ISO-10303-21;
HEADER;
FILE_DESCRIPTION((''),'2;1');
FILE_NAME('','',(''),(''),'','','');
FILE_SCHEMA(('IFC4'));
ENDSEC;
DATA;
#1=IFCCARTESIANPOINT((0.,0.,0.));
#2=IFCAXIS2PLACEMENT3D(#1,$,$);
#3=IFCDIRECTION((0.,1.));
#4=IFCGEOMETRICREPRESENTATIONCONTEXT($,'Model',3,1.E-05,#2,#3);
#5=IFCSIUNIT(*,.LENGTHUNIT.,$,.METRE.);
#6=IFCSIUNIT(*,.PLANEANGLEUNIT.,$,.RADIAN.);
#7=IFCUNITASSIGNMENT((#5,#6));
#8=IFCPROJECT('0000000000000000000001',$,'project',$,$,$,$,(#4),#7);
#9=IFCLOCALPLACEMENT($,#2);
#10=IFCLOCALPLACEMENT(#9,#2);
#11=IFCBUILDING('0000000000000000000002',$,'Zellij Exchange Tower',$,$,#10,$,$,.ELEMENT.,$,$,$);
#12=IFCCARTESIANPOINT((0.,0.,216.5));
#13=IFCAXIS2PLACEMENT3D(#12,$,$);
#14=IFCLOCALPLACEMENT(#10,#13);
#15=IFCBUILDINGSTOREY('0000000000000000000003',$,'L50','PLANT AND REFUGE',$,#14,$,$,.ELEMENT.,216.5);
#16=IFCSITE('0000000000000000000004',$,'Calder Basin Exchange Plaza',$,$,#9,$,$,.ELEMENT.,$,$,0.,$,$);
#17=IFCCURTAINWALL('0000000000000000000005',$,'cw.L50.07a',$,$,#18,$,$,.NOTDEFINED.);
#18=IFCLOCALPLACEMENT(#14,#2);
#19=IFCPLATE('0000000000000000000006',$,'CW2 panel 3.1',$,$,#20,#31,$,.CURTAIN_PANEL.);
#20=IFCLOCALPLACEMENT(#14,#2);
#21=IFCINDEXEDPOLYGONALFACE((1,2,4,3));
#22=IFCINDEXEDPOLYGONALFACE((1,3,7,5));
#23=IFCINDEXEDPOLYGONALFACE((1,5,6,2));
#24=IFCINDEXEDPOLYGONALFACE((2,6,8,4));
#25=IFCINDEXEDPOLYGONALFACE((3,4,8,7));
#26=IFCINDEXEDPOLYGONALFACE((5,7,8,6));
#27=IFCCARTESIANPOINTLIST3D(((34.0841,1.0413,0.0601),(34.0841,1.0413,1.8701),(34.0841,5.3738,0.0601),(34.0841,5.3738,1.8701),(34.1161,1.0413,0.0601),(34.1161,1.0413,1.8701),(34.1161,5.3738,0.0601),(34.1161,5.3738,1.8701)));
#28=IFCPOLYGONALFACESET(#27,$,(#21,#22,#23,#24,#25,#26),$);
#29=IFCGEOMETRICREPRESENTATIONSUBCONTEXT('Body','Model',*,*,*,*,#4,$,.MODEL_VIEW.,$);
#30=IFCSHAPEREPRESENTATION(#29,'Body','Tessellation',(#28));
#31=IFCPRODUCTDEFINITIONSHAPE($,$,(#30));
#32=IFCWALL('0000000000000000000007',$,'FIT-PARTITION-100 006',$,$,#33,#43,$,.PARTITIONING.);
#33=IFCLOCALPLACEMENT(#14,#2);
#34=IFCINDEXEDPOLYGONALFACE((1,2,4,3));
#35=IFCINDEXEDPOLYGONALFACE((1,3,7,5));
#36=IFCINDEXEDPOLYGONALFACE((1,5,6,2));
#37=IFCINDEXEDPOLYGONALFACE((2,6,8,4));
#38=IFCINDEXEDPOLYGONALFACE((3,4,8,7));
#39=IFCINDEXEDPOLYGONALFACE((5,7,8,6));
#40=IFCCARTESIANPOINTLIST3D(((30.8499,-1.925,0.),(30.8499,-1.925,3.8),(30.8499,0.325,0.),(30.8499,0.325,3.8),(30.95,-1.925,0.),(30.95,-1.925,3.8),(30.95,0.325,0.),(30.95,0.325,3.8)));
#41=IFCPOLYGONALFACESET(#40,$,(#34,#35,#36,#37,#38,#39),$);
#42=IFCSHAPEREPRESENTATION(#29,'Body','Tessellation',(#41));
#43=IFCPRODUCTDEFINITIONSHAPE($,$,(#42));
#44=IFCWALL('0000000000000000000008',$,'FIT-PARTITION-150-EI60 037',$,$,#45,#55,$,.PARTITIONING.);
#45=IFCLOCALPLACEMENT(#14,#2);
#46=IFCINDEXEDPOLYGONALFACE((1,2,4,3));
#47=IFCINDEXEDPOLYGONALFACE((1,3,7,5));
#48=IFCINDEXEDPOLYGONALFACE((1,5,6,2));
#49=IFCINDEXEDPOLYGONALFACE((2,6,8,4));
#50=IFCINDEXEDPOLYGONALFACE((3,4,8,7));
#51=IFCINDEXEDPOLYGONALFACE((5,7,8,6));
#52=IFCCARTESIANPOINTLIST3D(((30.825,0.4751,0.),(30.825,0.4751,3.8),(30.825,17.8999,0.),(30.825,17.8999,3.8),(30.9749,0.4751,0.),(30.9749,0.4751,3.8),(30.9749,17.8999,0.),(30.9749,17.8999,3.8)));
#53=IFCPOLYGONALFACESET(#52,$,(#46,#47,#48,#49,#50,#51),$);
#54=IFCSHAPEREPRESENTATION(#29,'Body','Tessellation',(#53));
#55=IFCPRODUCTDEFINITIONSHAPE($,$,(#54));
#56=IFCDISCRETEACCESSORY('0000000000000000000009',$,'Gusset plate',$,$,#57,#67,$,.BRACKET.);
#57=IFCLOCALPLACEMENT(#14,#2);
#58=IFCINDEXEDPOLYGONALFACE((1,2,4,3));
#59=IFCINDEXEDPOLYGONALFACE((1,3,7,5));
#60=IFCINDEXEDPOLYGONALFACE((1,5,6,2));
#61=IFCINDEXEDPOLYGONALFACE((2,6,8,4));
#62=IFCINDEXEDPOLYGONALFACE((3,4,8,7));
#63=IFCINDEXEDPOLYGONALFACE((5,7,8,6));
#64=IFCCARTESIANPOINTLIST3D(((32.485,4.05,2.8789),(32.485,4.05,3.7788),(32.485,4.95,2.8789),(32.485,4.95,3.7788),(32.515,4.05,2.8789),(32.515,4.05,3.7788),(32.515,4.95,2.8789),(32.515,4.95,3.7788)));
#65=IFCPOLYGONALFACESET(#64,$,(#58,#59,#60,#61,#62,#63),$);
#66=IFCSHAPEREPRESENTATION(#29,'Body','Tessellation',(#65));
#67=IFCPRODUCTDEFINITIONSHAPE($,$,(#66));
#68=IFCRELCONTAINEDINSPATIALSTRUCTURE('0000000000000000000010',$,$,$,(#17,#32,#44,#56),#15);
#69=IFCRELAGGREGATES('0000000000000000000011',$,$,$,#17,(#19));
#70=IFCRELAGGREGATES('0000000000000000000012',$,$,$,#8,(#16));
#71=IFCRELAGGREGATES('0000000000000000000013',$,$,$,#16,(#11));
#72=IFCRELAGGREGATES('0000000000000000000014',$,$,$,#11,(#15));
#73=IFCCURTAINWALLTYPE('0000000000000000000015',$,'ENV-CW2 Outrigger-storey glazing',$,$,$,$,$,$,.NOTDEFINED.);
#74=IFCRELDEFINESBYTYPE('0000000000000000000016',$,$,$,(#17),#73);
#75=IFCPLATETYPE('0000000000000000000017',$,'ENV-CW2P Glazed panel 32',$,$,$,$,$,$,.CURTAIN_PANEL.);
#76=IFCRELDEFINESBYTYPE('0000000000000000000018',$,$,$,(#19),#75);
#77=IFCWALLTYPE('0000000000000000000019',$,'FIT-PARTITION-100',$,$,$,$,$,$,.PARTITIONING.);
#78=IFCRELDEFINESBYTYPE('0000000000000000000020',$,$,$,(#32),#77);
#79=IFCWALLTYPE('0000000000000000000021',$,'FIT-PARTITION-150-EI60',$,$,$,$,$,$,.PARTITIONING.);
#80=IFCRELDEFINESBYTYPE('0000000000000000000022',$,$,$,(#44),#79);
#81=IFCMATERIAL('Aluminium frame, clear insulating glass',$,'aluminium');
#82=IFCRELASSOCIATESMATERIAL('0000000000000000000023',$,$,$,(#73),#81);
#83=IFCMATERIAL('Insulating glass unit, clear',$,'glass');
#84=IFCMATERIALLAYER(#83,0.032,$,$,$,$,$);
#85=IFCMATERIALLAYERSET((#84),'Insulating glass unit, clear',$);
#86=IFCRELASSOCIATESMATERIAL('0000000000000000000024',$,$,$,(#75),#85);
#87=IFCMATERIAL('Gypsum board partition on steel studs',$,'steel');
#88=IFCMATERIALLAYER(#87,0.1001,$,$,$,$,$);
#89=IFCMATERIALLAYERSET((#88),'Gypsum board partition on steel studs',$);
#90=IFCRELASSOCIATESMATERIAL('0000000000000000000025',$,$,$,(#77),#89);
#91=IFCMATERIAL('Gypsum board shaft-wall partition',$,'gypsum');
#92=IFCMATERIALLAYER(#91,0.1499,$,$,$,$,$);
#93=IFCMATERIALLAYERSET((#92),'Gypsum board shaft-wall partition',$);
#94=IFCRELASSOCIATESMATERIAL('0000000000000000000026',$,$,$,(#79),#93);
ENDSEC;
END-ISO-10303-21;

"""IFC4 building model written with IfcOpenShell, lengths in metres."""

from ifc_helpers import new_model, si_unit, direction, frame, frame_2d, origin, origin_2d, place, context, subcontext, project, spatial, rectangle, extrude, material, layer, layer_set, type_object, element, aggregate, save


model = new_model("IFC4")

# Units and contexts
model_context = context("Model", 3, precision=1e-05, world=origin(), true_north=direction((0.0, 1.0)))
body_context = subcontext(model_context, "Body", "Model", "MODEL_VIEW")
ifc_project = project(units=[si_unit("LENGTHUNIT", "METRE"), si_unit("PLANEANGLEUNIT", "RADIAN")], contexts=[model_context])

# Site, building, storey
site_placement = place(None, origin())
site = spatial("IfcSite", under=ifc_project, at=site_placement, Name="Calder Basin Exchange Plaza", CompositionType="ELEMENT", RefElevation=0.0)
building_placement = place(site_placement, origin())
building = spatial("IfcBuilding", under=site, at=building_placement, Name="Zellij Exchange Tower", CompositionType="ELEMENT")
storey_placement = place(building_placement, frame((0.0, 0.0, 216.5)))
storey = spatial("IfcBuildingStorey", under=building, at=storey_placement, Name="L50", Description="PLANT AND REFUGE", CompositionType="ELEMENT", Elevation=216.5)

# Curtain wall
ifc_material_1 = material(Name="Aluminium frame, clear insulating glass", Category="aluminium")
curtain_wall_type = type_object("IfcCurtainWallType", Name="ENV-CW2 Outrigger-storey glazing", PredefinedType="NOTDEFINED", material=ifc_material_1)
curtain_wall_placement = place(storey_placement, origin())
curtain_wall = element("IfcCurtainWall", 1, at=curtain_wall_placement, inside=storey, type_object=curtain_wall_type, Name="cw.L50.07a", PredefinedType="NOTDEFINED")

# Plate
ifc_material_2 = material(Name="Insulating glass unit, clear", Category="glass")
ifc_layer_1 = layer(ifc_material_2, 0.032)
ifc_layer_set_1 = layer_set([ifc_layer_1], Name="Insulating glass unit, clear")
plate_type_1 = type_object("IfcPlateType", Name="ENV-CW2P Glazed panel 32", PredefinedType="CURTAIN_PANEL", material=ifc_layer_set_1)
plate_1_placement = place(storey_placement, frame((34.1001, 3.2075, 0.0601), z_axis=(0.0, 0.0, 1.0), x_axis=(0.0, 1.0, 0.0)))
plate_1 = element("IfcPlate", 2, at=plate_1_placement, type_object=plate_type_1, Name="CW2 panel 3.1", PredefinedType="CURTAIN_PANEL", context=body_context, shape_type="SweptSolid", body=[
    extrude(rectangle(XDim=4.3325, YDim=0.032, at=origin_2d()), origin(), (0.0, 0.0, 1.0), 1.8101),
])
aggregate(curtain_wall, [plate_1])

# Walls
ifc_material_3 = material(Name="Gypsum board partition on steel studs", Category="steel")
ifc_layer_2 = layer(ifc_material_3, 0.1001)
ifc_layer_set_2 = layer_set([ifc_layer_2], Name="Gypsum board partition on steel studs")
wall_type_1 = type_object("IfcWallType", Name="FIT-PARTITION-100", PredefinedType="PARTITIONING", material=ifc_layer_set_2)
wall_1_placement = place(storey_placement, frame((30.8999, -1.925, 0.0), z_axis=(0.0, 0.0, 1.0), x_axis=(0.0, 1.0, 0.0)))
element("IfcWall", 3, at=wall_1_placement, inside=storey, type_object=wall_type_1, Name="FIT-PARTITION-100 006", PredefinedType="PARTITIONING", context=body_context, shape_type="SweptSolid", body=[
    extrude(rectangle(XDim=2.25, YDim=0.1001, at=frame_2d((1.125, 0.0))), origin(), (0.0, 0.0, 1.0), 3.8),
])
ifc_material_4 = material(Name="Gypsum board shaft-wall partition", Category="gypsum")
ifc_layer_3 = layer(ifc_material_4, 0.1499)
ifc_layer_set_3 = layer_set([ifc_layer_3], Name="Gypsum board shaft-wall partition")
wall_type_2 = type_object("IfcWallType", Name="FIT-PARTITION-150-EI60", PredefinedType="PARTITIONING", material=ifc_layer_set_3)
wall_2_placement = place(storey_placement, frame((30.8999, 0.4751, 0.0), z_axis=(0.0, 0.0, 1.0), x_axis=(0.0, 1.0, 0.0)))
element("IfcWall", 4, at=wall_2_placement, inside=storey, type_object=wall_type_2, Name="FIT-PARTITION-150-EI60 037", PredefinedType="PARTITIONING", context=body_context, shape_type="SweptSolid", body=[
    extrude(rectangle(XDim=17.4248, YDim=0.1499, at=frame_2d((8.7124, 0.0))), origin(), (0.0, 0.0, 1.0), 3.8),
])

# Discrete accessory
discrete_accessory_placement = place(storey_placement, frame((32.5, 4.5, 2.8789), z_axis=(0.0, 0.0, 1.0), x_axis=(0.0, 1.0, 0.0)))
element("IfcDiscreteAccessory", 5, at=discrete_accessory_placement, inside=storey, Name="Gusset plate", PredefinedType="BRACKET", context=body_context, shape_type="SweptSolid", body=[
    extrude(rectangle(XDim=0.8999, YDim=0.03, at=origin_2d()), origin(), (0.0, 0.0, 1.0), 0.8999),
])

save(model, "model.ifc")
